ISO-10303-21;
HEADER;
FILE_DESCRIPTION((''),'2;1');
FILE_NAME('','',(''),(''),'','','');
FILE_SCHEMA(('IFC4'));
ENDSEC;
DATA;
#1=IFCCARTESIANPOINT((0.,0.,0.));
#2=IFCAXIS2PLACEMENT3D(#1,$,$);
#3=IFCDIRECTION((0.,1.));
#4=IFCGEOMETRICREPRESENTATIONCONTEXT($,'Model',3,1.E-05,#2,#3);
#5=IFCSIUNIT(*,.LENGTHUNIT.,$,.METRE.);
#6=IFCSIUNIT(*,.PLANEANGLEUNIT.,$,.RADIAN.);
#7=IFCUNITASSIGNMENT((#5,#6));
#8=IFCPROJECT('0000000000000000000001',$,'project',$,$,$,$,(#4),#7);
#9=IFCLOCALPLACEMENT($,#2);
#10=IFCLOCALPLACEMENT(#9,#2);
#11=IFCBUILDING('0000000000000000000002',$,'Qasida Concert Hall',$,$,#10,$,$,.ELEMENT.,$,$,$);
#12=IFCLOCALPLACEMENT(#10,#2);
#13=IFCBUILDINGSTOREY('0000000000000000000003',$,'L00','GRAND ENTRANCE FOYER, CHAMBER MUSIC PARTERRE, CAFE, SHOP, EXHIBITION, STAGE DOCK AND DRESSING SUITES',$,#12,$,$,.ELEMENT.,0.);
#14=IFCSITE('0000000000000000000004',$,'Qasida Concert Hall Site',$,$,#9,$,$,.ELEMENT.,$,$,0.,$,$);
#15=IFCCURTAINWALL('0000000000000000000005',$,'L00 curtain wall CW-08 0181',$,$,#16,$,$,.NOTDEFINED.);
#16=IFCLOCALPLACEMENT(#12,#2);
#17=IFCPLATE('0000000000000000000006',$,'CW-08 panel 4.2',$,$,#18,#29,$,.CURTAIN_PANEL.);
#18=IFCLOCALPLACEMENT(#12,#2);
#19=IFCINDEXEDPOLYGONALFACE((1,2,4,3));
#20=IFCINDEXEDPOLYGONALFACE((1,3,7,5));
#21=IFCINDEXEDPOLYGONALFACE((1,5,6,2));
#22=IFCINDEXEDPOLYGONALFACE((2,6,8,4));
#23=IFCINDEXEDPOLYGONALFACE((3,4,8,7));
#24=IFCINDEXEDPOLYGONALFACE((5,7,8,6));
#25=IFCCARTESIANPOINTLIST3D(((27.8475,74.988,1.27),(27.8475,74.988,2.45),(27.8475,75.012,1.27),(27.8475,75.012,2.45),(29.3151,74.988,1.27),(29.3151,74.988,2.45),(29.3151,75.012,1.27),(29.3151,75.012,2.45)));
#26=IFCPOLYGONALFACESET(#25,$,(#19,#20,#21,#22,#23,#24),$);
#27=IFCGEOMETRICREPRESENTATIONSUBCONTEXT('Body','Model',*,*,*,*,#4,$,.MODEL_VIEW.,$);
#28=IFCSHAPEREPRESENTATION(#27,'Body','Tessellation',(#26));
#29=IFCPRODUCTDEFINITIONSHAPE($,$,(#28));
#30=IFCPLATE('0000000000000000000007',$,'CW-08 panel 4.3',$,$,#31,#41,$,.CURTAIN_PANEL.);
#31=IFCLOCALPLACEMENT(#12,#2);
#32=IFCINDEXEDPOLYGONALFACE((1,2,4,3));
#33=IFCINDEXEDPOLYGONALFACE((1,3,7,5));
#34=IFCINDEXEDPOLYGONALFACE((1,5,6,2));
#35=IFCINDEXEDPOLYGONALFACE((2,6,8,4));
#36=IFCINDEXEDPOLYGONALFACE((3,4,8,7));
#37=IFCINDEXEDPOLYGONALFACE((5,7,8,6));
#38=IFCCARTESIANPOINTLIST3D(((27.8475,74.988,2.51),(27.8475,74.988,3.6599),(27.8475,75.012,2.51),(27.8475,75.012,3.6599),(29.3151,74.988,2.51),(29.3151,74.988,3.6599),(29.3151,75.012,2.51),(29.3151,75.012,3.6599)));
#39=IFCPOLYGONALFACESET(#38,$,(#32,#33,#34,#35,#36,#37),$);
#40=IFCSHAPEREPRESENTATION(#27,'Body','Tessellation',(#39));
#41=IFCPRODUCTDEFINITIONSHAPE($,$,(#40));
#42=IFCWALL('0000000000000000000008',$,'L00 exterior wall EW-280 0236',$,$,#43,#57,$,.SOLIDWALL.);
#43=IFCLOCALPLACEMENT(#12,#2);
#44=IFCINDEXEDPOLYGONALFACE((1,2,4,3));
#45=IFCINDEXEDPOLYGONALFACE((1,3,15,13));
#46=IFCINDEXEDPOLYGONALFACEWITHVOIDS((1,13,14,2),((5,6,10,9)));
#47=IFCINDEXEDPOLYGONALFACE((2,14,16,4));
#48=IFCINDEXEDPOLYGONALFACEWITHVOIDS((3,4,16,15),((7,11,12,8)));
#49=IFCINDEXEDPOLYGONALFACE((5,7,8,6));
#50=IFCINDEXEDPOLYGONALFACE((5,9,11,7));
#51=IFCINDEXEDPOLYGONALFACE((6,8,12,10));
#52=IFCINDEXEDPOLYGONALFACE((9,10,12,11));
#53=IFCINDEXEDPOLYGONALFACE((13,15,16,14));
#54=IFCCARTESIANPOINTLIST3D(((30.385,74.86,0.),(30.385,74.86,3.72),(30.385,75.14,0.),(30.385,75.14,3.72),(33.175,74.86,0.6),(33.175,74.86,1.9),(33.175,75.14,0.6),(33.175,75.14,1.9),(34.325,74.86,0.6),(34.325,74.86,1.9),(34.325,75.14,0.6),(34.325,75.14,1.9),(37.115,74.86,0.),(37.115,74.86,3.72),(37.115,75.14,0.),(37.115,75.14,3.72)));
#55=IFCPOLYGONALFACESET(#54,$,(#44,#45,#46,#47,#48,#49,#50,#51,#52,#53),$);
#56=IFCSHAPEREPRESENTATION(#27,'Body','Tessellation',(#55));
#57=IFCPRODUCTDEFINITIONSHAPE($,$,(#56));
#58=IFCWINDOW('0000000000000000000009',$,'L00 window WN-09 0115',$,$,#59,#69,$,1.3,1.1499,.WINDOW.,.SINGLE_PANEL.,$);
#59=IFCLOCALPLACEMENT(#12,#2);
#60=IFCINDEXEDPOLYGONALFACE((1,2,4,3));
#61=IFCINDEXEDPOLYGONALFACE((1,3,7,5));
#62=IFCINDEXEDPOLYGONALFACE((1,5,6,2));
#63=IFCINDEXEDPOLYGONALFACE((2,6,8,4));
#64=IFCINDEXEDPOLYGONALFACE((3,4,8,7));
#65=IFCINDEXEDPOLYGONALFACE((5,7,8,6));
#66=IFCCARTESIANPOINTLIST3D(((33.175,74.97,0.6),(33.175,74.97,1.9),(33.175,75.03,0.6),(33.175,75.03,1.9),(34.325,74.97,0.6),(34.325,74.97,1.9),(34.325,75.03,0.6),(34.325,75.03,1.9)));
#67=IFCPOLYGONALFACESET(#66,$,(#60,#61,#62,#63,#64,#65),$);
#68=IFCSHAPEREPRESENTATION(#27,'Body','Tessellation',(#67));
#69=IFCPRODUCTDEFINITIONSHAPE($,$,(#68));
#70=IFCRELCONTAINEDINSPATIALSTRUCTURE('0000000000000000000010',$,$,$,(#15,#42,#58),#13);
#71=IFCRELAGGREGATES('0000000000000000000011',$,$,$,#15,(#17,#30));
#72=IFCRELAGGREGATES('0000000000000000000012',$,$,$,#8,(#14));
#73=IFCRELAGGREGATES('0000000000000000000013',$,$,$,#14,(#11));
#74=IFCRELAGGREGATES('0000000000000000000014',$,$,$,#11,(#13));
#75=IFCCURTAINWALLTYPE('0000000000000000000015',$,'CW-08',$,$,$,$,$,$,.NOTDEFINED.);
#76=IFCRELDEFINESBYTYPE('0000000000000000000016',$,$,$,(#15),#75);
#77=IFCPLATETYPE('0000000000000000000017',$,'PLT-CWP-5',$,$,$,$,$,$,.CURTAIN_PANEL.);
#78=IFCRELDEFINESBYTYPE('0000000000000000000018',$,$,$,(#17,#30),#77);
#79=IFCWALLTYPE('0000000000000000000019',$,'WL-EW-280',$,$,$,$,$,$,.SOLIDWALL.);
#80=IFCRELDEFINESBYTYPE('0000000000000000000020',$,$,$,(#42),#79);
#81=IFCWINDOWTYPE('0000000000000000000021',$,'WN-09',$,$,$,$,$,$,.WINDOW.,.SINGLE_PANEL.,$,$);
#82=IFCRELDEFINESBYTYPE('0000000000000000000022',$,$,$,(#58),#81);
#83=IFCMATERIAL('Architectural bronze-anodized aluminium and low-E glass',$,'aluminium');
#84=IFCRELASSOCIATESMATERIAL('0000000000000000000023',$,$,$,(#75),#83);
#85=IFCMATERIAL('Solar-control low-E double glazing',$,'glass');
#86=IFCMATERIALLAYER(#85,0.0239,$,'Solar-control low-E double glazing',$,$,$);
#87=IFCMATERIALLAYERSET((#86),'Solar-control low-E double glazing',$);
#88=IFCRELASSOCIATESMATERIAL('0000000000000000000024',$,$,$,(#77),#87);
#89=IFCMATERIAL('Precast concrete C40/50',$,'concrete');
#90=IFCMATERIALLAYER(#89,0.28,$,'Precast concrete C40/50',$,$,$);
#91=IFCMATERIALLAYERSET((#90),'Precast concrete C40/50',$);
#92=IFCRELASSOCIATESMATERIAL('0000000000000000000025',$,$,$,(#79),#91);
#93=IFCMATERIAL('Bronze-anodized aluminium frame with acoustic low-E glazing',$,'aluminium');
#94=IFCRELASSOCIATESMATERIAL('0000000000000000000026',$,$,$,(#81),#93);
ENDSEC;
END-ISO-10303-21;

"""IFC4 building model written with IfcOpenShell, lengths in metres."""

from ifc_helpers import new_model, si_unit, direction, frame, frame_2d, origin, origin_2d, place, context, subcontext, project, spatial, rectangle, extrude, material, layer, layer_set, type_object, element, fill, aggregate, save


model = new_model("IFC4")

# Units and contexts
model_context = context("Model", 3, precision=1e-05, world=origin(), true_north=direction((0.0, 1.0)))
body_context = subcontext(model_context, "Body", "Model", "MODEL_VIEW")
ifc_project = project(units=[si_unit("LENGTHUNIT", "METRE"), si_unit("PLANEANGLEUNIT", "RADIAN")], contexts=[model_context])

# Site, building, storey
site_placement = place(None, origin())
site = spatial("IfcSite", under=ifc_project, at=site_placement, Name="Qasida Concert Hall Site", CompositionType="ELEMENT", RefElevation=0.0)
building_placement = place(site_placement, origin())
building = spatial("IfcBuilding", under=site, at=building_placement, Name="Qasida Concert Hall", CompositionType="ELEMENT")
storey_placement = place(building_placement, origin())
storey = spatial("IfcBuildingStorey", under=building, at=storey_placement, Name="L00", Description="GRAND ENTRANCE FOYER, CHAMBER MUSIC PARTERRE, CAFE, SHOP, EXHIBITION, STAGE DOCK AND DRESSING SUITES", CompositionType="ELEMENT", Elevation=0.0)

# Curtain wall
ifc_material_1 = material(Name="Architectural bronze-anodized aluminium and low-E glass", Category="aluminium")
curtain_wall_type = type_object("IfcCurtainWallType", Name="CW-08", PredefinedType="NOTDEFINED", material=ifc_material_1)
curtain_wall_1_placement = place(storey_placement, origin())
curtain_wall_1 = element("IfcCurtainWall", 1, at=curtain_wall_1_placement, inside=storey, type_object=curtain_wall_type, Name="L00 curtain wall CW-08 0181", PredefinedType="NOTDEFINED")

# Plates
ifc_material_2 = material(Name="Solar-control low-E double glazing", Category="glass")
ifc_layer_1 = layer(ifc_material_2, 0.0239, Name="Solar-control low-E double glazing")
ifc_layer_set_1 = layer_set([ifc_layer_1], Name="Solar-control low-E double glazing")
plate_type = type_object("IfcPlateType", Name="PLT-CWP-5", PredefinedType="CURTAIN_PANEL", material=ifc_layer_set_1)
plate_1_placement = place(storey_placement, frame((28.5813, 75.0, 1.27), z_axis=(0.0, 0.0, 1.0), x_axis=(1.0, 0.0, 0.0)))
plate_1 = element("IfcPlate", 2, at=plate_1_placement, type_object=plate_type, Name="CW-08 panel 4.2", PredefinedType="CURTAIN_PANEL", context=body_context, shape_type="SweptSolid", body=[
    extrude(rectangle(XDim=1.4675, YDim=0.0239, at=origin_2d()), origin(), (0.0, 0.0, 1.0), 1.1799),
])
plate_2_placement = place(storey_placement, frame((28.5813, 75.0, 2.51), z_axis=(0.0, 0.0, 1.0), x_axis=(1.0, 0.0, 0.0)))
plate_2 = element("IfcPlate", 3, at=plate_2_placement, type_object=plate_type, Name="CW-08 panel 4.3", PredefinedType="CURTAIN_PANEL", context=body_context, shape_type="SweptSolid", body=[
    extrude(rectangle(XDim=1.4675, YDim=0.0239, at=origin_2d()), origin(), (0.0, 0.0, 1.0), 1.1499),
])
aggregate(curtain_wall_1, [plate_1, plate_2])

# Wall, opening, window
ifc_material_3 = material(Name="Precast concrete C40/50", Category="concrete")
ifc_layer_2 = layer(ifc_material_3, 0.28, Name="Precast concrete C40/50")
ifc_layer_set_2 = layer_set([ifc_layer_2], Name="Precast concrete C40/50")
wall_type = type_object("IfcWallType", Name="WL-EW-280", PredefinedType="SOLIDWALL", material=ifc_layer_set_2)
wall_placement = place(storey_placement, frame((30.385, 75.0, 0.0), z_axis=(0.0, 0.0, 1.0), x_axis=(1.0, 0.0, 0.0)))
wall = element("IfcWall", 4, at=wall_placement, inside=storey, type_object=wall_type, Name="L00 exterior wall EW-280 0236", PredefinedType="SOLIDWALL", context=body_context, shape_type="SweptSolid", body=[
    extrude(rectangle(XDim=6.73, YDim=0.28, at=frame_2d((3.365, 0.0))), origin(), (0.0, 0.0, 1.0), 3.72),
])
opening_placement = place(wall_placement, frame((2.79, 0.0, 0.6001)))
opening = element("IfcOpeningElement", 5, at=opening_placement, cuts=wall, PredefinedType="OPENING", context=body_context, shape_type="SweptSolid", body=[
    extrude(rectangle(XDim=1.1499, YDim=1.3, at=frame_2d((0.575, 0.6499))), frame((0.0, 0.1499, 0.0), z_axis=(0.0, -1.0, 0.0), x_axis=(1.0, 0.0, 0.0)), (0.0, 0.0, 1.0), 0.3),
])
ifc_material_4 = material(Name="Bronze-anodized aluminium frame with acoustic low-E glazing", Category="aluminium")
window_type = type_object("IfcWindowType", Name="WN-09", PartitioningType="SINGLE_PANEL", PredefinedType="WINDOW", material=ifc_material_4)
window_placement = place(opening_placement, origin())
window = element("IfcWindow", 6, at=window_placement, inside=storey, type_object=window_type, Name="L00 window WN-09 0115", OverallHeight=1.3, OverallWidth=1.1499, PartitioningType="SINGLE_PANEL", PredefinedType="WINDOW", context=body_context, shape_type="SweptSolid", body=[
    extrude(rectangle(XDim=1.1499, YDim=1.3, at=frame_2d((0.575, 0.6499))), frame((0.0, 0.03, 0.0), z_axis=(0.0, -1.0, 0.0), x_axis=(1.0, 0.0, 0.0)), (0.0, 0.0, 1.0), 0.0601),
])
fill(opening, window)

save(model, "model.ifc")
